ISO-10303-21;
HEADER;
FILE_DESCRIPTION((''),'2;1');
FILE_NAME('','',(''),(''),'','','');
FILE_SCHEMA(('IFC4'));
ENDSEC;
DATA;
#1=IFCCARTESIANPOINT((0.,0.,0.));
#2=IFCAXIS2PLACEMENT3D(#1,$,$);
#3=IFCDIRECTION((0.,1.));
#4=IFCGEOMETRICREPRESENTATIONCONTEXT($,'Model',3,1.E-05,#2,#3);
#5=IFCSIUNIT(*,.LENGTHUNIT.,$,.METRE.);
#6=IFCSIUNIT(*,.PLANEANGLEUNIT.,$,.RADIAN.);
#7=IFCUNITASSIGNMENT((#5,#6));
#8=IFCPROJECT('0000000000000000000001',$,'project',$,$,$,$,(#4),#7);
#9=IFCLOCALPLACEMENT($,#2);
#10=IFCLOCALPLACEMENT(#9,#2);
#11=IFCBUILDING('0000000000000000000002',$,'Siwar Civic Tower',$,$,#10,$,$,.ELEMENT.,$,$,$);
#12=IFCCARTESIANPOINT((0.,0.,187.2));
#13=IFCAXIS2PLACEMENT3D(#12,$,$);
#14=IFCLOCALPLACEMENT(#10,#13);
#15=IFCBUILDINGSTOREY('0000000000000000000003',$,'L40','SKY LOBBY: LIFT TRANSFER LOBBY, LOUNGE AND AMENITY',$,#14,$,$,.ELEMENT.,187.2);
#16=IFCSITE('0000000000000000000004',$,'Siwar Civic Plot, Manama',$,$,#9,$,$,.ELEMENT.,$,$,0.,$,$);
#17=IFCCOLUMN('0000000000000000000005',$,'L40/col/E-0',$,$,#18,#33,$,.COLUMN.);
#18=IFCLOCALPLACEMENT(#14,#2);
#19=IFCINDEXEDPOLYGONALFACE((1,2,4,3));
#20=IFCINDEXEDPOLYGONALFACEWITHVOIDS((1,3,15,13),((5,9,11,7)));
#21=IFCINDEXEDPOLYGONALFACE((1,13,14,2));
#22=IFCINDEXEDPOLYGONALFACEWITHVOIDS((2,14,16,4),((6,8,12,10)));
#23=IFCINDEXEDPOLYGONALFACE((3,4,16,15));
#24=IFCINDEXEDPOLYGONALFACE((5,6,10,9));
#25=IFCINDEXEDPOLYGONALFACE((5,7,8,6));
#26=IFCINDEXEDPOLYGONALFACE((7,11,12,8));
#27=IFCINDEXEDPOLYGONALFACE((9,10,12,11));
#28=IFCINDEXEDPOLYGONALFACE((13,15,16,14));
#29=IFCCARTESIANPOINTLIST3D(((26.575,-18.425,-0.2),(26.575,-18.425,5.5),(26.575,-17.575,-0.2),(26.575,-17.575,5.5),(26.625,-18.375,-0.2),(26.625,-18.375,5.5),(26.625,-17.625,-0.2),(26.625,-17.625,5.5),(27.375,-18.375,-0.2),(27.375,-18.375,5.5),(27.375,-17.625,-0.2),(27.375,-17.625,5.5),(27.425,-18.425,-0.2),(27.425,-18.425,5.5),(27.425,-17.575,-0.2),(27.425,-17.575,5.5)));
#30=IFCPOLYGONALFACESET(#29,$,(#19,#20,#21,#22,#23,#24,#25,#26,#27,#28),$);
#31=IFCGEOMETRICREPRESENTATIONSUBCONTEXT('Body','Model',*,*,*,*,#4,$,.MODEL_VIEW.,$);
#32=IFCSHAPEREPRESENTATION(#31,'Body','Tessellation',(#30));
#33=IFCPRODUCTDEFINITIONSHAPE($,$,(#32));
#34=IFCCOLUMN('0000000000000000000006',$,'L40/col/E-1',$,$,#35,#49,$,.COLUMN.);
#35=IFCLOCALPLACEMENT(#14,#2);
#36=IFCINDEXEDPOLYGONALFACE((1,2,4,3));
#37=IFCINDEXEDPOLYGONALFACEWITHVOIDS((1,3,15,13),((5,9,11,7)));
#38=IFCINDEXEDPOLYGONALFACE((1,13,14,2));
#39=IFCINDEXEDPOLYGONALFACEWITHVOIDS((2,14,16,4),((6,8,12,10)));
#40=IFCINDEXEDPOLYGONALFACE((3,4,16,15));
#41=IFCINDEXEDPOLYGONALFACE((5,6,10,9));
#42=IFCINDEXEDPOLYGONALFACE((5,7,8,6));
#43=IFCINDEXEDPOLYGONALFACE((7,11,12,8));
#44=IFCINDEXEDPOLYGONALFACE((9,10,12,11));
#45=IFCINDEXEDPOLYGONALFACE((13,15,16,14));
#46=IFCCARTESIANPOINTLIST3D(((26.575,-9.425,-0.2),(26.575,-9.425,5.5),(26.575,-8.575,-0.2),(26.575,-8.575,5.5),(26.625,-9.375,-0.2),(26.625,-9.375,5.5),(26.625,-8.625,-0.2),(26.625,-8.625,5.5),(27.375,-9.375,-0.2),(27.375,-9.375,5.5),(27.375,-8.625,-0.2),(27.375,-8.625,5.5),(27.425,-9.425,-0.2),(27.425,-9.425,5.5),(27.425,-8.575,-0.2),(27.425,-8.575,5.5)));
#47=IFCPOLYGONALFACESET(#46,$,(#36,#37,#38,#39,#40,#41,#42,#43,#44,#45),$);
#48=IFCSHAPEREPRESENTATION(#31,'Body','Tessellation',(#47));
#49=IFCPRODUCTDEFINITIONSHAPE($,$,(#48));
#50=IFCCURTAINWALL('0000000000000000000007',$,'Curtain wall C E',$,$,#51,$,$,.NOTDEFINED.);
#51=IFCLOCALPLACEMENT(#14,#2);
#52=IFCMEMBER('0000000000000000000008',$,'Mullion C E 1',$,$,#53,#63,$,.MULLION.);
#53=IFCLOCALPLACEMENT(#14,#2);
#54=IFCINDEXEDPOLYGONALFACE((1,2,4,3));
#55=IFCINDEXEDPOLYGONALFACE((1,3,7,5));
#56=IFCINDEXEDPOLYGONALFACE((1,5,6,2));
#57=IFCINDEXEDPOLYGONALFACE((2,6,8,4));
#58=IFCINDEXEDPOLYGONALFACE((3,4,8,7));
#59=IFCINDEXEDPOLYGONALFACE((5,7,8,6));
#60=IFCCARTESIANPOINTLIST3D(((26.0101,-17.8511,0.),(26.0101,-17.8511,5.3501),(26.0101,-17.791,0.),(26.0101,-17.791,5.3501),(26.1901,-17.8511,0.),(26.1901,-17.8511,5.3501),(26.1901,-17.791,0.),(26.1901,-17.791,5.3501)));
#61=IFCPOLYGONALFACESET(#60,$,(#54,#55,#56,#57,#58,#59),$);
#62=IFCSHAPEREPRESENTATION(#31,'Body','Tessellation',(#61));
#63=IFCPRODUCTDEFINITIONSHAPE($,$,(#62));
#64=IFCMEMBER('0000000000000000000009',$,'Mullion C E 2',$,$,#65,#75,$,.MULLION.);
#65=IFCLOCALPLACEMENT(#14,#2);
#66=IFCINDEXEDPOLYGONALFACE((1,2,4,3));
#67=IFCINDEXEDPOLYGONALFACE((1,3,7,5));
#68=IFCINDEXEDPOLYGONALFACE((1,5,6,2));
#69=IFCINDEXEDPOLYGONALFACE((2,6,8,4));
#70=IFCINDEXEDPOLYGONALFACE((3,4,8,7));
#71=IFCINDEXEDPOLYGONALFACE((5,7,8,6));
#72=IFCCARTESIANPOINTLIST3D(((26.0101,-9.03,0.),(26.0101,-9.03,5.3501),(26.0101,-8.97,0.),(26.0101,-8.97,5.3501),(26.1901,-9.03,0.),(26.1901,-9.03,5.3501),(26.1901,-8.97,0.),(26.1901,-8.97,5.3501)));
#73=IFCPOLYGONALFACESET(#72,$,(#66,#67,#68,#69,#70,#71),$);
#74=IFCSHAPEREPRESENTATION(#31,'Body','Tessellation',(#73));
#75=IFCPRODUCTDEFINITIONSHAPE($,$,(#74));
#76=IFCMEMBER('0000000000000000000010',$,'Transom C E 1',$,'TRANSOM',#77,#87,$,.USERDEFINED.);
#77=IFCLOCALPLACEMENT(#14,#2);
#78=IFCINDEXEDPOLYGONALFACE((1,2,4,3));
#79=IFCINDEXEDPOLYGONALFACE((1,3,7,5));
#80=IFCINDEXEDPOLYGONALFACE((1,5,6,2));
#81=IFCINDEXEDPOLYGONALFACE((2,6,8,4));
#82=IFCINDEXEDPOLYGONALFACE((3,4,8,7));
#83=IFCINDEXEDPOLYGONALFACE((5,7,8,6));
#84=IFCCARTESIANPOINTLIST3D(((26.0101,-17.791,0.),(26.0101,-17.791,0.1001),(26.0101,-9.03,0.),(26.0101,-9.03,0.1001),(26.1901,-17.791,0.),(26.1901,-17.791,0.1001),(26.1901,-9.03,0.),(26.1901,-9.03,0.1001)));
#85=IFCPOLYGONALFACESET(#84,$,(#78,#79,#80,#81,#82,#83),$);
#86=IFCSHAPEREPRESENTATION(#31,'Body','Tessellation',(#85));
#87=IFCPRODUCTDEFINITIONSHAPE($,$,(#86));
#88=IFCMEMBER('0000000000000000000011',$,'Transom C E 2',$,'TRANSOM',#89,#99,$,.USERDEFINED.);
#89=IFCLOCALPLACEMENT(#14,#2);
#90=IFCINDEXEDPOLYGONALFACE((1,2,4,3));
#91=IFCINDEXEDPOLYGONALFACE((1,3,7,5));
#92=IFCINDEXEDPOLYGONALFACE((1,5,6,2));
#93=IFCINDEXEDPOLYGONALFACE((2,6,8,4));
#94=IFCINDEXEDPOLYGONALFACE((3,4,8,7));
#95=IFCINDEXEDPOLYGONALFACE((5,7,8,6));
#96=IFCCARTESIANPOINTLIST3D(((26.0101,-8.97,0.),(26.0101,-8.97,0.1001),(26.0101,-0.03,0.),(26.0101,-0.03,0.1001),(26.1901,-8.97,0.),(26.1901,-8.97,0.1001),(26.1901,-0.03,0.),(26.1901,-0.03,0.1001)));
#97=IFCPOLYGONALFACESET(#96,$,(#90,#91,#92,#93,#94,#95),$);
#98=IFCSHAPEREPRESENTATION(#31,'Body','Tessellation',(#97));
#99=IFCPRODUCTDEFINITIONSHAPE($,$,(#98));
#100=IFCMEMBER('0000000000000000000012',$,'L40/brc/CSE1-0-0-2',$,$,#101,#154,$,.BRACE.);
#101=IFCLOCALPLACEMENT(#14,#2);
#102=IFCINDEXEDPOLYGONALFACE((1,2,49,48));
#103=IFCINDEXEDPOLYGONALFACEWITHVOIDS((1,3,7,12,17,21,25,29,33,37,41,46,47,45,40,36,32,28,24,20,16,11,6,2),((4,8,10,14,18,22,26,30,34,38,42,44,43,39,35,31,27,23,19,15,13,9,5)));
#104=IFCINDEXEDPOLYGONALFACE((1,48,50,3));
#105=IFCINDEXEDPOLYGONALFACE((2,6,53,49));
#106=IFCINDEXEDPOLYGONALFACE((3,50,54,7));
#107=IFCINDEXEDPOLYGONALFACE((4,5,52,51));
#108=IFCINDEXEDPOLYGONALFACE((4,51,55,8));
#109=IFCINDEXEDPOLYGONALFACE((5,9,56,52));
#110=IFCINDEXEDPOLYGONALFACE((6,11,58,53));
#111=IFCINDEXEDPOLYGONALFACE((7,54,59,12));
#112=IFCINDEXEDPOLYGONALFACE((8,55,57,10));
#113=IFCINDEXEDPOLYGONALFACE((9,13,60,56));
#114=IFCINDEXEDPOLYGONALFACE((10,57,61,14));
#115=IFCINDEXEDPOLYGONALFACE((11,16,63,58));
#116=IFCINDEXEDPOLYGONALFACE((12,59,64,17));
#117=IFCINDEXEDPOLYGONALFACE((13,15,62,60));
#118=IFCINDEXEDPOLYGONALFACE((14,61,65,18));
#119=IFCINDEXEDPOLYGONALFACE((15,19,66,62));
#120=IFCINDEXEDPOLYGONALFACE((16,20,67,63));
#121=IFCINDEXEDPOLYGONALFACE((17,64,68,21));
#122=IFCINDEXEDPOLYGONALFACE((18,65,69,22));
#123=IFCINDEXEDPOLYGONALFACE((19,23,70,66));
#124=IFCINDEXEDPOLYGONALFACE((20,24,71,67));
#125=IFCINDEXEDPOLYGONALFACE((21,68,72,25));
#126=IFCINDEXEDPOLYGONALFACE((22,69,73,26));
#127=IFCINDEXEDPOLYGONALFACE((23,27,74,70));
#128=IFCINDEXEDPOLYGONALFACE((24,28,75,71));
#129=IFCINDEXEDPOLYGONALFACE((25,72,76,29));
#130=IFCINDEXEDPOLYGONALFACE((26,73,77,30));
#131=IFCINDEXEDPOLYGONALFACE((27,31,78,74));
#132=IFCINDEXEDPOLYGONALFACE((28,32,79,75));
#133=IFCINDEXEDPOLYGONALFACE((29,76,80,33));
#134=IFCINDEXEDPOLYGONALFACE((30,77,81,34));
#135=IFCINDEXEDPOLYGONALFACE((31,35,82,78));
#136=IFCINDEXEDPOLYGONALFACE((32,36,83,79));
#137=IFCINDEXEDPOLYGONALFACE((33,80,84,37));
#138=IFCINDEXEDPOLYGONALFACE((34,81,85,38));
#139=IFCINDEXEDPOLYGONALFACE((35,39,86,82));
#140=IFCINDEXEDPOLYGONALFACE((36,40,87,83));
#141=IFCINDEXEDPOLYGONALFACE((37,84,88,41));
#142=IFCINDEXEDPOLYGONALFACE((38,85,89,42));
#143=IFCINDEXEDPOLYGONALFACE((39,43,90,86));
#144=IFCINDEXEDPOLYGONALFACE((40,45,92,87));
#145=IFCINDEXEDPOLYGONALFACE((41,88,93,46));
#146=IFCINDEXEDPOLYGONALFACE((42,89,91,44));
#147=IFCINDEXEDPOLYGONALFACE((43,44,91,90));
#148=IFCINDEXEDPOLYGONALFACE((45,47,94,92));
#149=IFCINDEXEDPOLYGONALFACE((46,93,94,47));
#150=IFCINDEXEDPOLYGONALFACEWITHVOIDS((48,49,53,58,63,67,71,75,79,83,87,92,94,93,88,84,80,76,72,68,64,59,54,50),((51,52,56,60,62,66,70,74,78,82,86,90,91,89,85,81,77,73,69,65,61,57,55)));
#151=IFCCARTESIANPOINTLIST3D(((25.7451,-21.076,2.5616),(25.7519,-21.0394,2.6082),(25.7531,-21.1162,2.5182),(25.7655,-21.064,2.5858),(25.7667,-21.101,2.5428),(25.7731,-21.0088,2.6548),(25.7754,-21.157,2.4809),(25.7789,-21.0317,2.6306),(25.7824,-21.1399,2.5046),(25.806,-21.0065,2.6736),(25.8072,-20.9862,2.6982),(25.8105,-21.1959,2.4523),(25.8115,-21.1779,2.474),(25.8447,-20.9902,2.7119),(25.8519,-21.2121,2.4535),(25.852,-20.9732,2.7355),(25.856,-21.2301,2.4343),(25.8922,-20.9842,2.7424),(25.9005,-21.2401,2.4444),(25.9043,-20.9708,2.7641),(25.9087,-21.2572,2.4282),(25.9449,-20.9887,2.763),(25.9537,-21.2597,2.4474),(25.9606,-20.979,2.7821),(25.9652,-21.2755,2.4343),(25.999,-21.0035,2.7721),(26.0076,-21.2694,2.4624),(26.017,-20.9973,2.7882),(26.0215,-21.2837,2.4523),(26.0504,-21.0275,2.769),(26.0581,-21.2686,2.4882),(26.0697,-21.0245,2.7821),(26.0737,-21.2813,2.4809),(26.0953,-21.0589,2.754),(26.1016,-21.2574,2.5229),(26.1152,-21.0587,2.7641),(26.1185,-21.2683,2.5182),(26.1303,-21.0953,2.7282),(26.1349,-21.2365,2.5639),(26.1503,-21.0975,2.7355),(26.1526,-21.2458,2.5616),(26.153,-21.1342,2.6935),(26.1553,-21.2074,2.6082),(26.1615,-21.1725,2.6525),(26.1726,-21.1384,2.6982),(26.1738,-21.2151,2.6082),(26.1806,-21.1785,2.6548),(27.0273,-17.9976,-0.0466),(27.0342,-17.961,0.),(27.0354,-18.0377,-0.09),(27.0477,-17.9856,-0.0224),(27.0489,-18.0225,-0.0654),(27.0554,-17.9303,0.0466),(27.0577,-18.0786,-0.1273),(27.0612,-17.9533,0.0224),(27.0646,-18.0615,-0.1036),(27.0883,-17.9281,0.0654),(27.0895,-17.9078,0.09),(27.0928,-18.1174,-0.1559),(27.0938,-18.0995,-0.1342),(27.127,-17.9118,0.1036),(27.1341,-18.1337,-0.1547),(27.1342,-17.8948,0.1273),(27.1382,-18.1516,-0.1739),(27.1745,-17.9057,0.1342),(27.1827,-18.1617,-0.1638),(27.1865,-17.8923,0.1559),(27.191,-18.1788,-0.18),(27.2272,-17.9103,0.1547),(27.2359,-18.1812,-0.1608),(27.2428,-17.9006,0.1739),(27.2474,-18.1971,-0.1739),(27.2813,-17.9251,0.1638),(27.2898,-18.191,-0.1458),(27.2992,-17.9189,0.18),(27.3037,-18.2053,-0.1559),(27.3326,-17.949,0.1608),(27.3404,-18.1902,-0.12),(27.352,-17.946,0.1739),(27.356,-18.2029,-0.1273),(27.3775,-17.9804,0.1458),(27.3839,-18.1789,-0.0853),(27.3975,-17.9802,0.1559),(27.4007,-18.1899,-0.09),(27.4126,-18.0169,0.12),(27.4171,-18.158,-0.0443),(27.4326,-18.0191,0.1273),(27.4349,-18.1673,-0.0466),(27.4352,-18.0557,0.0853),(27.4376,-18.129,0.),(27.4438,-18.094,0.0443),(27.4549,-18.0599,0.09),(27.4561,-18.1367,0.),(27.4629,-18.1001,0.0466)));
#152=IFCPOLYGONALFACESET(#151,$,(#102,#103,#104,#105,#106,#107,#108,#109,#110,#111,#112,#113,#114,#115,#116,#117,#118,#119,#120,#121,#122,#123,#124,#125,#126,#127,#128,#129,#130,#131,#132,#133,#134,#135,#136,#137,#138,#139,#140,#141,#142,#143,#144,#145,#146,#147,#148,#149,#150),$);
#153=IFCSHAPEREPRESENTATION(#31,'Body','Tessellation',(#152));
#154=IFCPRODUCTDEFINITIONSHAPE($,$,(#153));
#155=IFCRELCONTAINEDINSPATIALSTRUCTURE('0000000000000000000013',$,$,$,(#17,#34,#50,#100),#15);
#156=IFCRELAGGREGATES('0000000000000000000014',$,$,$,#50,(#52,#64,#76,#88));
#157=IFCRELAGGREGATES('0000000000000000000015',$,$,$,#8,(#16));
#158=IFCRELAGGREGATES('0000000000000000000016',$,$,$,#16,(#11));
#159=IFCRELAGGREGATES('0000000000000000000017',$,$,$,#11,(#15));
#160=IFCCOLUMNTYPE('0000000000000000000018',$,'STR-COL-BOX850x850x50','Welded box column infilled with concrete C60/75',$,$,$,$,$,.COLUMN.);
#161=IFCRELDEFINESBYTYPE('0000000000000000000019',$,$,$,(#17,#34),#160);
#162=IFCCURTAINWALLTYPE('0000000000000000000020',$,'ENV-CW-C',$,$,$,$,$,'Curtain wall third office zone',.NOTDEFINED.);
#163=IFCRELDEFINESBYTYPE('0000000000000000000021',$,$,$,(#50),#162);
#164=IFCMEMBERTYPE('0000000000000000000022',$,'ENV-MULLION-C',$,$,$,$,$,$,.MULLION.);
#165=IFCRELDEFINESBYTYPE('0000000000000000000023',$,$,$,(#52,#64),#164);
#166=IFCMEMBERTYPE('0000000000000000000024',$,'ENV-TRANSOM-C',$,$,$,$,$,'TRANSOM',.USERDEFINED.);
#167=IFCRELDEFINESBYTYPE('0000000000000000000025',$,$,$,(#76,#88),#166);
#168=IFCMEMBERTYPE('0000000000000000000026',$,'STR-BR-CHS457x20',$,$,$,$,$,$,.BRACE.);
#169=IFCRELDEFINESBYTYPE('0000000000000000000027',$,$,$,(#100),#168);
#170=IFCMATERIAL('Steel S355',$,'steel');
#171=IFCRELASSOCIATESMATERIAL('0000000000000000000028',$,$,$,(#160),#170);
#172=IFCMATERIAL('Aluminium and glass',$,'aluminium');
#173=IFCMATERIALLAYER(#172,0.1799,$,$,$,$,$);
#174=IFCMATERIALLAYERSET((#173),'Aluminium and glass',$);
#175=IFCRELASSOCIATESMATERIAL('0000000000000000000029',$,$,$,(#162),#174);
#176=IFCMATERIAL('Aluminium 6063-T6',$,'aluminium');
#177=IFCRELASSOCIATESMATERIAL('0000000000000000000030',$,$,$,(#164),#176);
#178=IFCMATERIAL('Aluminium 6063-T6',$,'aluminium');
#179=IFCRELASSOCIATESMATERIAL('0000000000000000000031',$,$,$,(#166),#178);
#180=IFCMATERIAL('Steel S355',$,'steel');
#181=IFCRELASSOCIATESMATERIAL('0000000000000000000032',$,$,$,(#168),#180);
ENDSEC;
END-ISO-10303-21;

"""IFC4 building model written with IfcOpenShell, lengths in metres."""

from ifc_helpers import new_model, si_unit, direction, frame, origin, origin_2d, place, context, subcontext, project, spatial, rectangle, hollow_rectangle, hollow_circle, extrude, material, layer, layer_set, material_profile, profile_set, type_object, element, aggregate, save


model = new_model("IFC4")

# Units and contexts
model_context = context("Model", 3, precision=1e-05, world=origin(), true_north=direction((0.0, 1.0)))
body_context = subcontext(model_context, "Body", "Model", "MODEL_VIEW")
ifc_project = project(units=[si_unit("LENGTHUNIT", "METRE"), si_unit("PLANEANGLEUNIT", "RADIAN")], contexts=[model_context])

# Site, building, storey
site_placement = place(None, origin())
site = spatial("IfcSite", under=ifc_project, at=site_placement, Name="Siwar Civic Plot, Manama", CompositionType="ELEMENT", RefElevation=0.0)
building_placement = place(site_placement, origin())
building = spatial("IfcBuilding", under=site, at=building_placement, Name="Siwar Civic Tower", CompositionType="ELEMENT")
storey_placement = place(building_placement, frame((0.0, 0.0, 187.2)))
storey = spatial("IfcBuildingStorey", under=building, at=storey_placement, Name="L40", Description="SKY LOBBY: LIFT TRANSFER LOBBY, LOUNGE AND AMENITY", CompositionType="ELEMENT", Elevation=187.2)

# Columns
ifc_material_1 = material(Name="Steel S355", Category="steel")
ifc_material_profile_1 = material_profile(ifc_material_1, hollow_rectangle(XDim=0.8501, YDim=0.8501, WallThickness=0.05, at=origin_2d()), Name="BOX850x850x50")
ifc_profile_set_1 = profile_set([ifc_material_profile_1], Name="Steel S355")
column_type = type_object("IfcColumnType", Name="STR-COL-BOX850x850x50", Description="Welded box column infilled with concrete C60/75", PredefinedType="COLUMN", material=ifc_profile_set_1)
for number, where, z_axis, x_axis, name in (
    (1, (27.0, -18.0, -0.2), (0.0, 0.0, 1.0), (1.0, 0.0, 0.0), "L40/col/E-0"),
    (2, (27.0, -9.0, -0.2), (0.0, 0.0, 1.0), (1.0, 0.0, 0.0), "L40/col/E-1"),
):
    element("IfcColumn", number, at=place(storey_placement, frame(where, z_axis=z_axis, x_axis=x_axis)), inside=storey, type_object=column_type, Name=name, PredefinedType="COLUMN", context=body_context, shape_type="SweptSolid", body=[
        extrude(hollow_rectangle(XDim=0.8501, YDim=0.8501, WallThickness=0.05, at=origin_2d()), origin(), (0.0, 0.0, 1.0), 5.7),
    ])

# Curtain wall, members
ifc_material_2 = material(Name="Aluminium and glass", Category="aluminium")
ifc_layer_1 = layer(ifc_material_2, 0.1799)
ifc_layer_set_1 = layer_set([ifc_layer_1], Name="Aluminium and glass")
curtain_wall_type = type_object("IfcCurtainWallType", Name="ENV-CW-C", ElementType="Curtain wall third office zone", PredefinedType="NOTDEFINED", material=ifc_layer_set_1)
curtain_wall_placement = place(storey_placement, origin())
curtain_wall = element("IfcCurtainWall", 3, at=curtain_wall_placement, inside=storey, type_object=curtain_wall_type, Name="Curtain wall C E", PredefinedType="NOTDEFINED")
ifc_material_3 = material(Name="Aluminium 6063-T6", Category="aluminium")
ifc_material_profile_2 = material_profile(ifc_material_3, rectangle(XDim=0.1799, YDim=0.0601, at=origin_2d()), Name="AL 180x60")
ifc_profile_set_2 = profile_set([ifc_material_profile_2], Name="Aluminium 6063-T6")
member_type_1 = type_object("IfcMemberType", Name="ENV-MULLION-C", PredefinedType="MULLION", material=ifc_profile_set_2)
member_1_placement = place(storey_placement, frame((26.1001, -17.821, 0.0), z_axis=(0.0, 0.0, 1.0), x_axis=(-1.0, 0.0, 0.0)))
member_1 = element("IfcMember", 4, at=member_1_placement, type_object=member_type_1, Name="Mullion C E 1", PredefinedType="MULLION", context=body_context, shape_type="SweptSolid", body=[
    extrude(rectangle(XDim=0.1799, YDim=0.0601, at=origin_2d()), origin(), (0.0, 0.0, 1.0), 5.3501),
])
member_2_placement = place(storey_placement, frame((26.1001, -9.0, 0.0), z_axis=(0.0, 0.0, 1.0), x_axis=(-1.0, 0.0, 0.0)))
member_2 = element("IfcMember", 5, at=member_2_placement, type_object=member_type_1, Name="Mullion C E 2", PredefinedType="MULLION", context=body_context, shape_type="SweptSolid", body=[
    extrude(rectangle(XDim=0.1799, YDim=0.0601, at=origin_2d()), origin(), (0.0, 0.0, 1.0), 5.3501),
])
ifc_material_4 = material(Name="Aluminium 6063-T6", Category="aluminium")
ifc_material_profile_3 = material_profile(ifc_material_4, rectangle(XDim=0.1799, YDim=0.1001, at=origin_2d()), Name="AL 180x100")
ifc_profile_set_3 = profile_set([ifc_material_profile_3], Name="Aluminium 6063-T6")
member_type_2 = type_object("IfcMemberType", Name="ENV-TRANSOM-C", ElementType="TRANSOM", PredefinedType="USERDEFINED", material=ifc_profile_set_3)
member_3_placement = place(storey_placement, frame((26.1001, -17.791, 0.05), z_axis=(0.0, 1.0, 0.0), x_axis=(-1.0, 0.0, 0.0)))
member_3 = element("IfcMember", 6, at=member_3_placement, type_object=member_type_2, Name="Transom C E 1", ObjectType="TRANSOM", PredefinedType="USERDEFINED", context=body_context, shape_type="SweptSolid", body=[
    extrude(rectangle(XDim=0.1799, YDim=0.1001, at=origin_2d()), origin(), (0.0, 0.0, 1.0), 8.761),
])
member_4_placement = place(storey_placement, frame((26.1001, -8.97, 0.05), z_axis=(0.0, 1.0, 0.0), x_axis=(-1.0, 0.0, 0.0)))
member_4 = element("IfcMember", 7, at=member_4_placement, type_object=member_type_2, Name="Transom C E 2", ObjectType="TRANSOM", PredefinedType="USERDEFINED", context=body_context, shape_type="SweptSolid", body=[
    extrude(rectangle(XDim=0.1799, YDim=0.1001, at=origin_2d()), origin(), (0.0, 0.0, 1.0), 8.9399),
])

# Member
ifc_material_5 = material(Name="Steel S355", Category="steel")
ifc_material_profile_4 = material_profile(ifc_material_5, hollow_circle(Radius=0.2285, WallThickness=0.02, at=origin_2d()), Name="CHS457x20")
ifc_profile_set_4 = profile_set([ifc_material_profile_4], Name="Steel S355")
member_type_3 = type_object("IfcMemberType", Name="STR-BR-CHS457x20", PredefinedType="BRACE", material=ifc_profile_set_4)
member_5_placement = place(storey_placement, frame((27.2451, -18.0488, 0.0), z_axis=(-0.302873, -0.727137, 0.616068), x_axis=(0.923122, -0.384506, 0.0)))
element("IfcMember", 8, at=member_5_placement, inside=storey, type_object=member_type_3, Name="L40/brc/CSE1-0-0-2", PredefinedType="BRACE", context=body_context, shape_type="SweptSolid", body=[
    extrude(hollow_circle(Radius=0.2285, WallThickness=0.02, at=origin_2d()), origin(), (0.0, 0.0, 1.0), 4.2336),
])

aggregate(curtain_wall, [member_1, member_2, member_3, member_4])

save(model, "model.ifc")
